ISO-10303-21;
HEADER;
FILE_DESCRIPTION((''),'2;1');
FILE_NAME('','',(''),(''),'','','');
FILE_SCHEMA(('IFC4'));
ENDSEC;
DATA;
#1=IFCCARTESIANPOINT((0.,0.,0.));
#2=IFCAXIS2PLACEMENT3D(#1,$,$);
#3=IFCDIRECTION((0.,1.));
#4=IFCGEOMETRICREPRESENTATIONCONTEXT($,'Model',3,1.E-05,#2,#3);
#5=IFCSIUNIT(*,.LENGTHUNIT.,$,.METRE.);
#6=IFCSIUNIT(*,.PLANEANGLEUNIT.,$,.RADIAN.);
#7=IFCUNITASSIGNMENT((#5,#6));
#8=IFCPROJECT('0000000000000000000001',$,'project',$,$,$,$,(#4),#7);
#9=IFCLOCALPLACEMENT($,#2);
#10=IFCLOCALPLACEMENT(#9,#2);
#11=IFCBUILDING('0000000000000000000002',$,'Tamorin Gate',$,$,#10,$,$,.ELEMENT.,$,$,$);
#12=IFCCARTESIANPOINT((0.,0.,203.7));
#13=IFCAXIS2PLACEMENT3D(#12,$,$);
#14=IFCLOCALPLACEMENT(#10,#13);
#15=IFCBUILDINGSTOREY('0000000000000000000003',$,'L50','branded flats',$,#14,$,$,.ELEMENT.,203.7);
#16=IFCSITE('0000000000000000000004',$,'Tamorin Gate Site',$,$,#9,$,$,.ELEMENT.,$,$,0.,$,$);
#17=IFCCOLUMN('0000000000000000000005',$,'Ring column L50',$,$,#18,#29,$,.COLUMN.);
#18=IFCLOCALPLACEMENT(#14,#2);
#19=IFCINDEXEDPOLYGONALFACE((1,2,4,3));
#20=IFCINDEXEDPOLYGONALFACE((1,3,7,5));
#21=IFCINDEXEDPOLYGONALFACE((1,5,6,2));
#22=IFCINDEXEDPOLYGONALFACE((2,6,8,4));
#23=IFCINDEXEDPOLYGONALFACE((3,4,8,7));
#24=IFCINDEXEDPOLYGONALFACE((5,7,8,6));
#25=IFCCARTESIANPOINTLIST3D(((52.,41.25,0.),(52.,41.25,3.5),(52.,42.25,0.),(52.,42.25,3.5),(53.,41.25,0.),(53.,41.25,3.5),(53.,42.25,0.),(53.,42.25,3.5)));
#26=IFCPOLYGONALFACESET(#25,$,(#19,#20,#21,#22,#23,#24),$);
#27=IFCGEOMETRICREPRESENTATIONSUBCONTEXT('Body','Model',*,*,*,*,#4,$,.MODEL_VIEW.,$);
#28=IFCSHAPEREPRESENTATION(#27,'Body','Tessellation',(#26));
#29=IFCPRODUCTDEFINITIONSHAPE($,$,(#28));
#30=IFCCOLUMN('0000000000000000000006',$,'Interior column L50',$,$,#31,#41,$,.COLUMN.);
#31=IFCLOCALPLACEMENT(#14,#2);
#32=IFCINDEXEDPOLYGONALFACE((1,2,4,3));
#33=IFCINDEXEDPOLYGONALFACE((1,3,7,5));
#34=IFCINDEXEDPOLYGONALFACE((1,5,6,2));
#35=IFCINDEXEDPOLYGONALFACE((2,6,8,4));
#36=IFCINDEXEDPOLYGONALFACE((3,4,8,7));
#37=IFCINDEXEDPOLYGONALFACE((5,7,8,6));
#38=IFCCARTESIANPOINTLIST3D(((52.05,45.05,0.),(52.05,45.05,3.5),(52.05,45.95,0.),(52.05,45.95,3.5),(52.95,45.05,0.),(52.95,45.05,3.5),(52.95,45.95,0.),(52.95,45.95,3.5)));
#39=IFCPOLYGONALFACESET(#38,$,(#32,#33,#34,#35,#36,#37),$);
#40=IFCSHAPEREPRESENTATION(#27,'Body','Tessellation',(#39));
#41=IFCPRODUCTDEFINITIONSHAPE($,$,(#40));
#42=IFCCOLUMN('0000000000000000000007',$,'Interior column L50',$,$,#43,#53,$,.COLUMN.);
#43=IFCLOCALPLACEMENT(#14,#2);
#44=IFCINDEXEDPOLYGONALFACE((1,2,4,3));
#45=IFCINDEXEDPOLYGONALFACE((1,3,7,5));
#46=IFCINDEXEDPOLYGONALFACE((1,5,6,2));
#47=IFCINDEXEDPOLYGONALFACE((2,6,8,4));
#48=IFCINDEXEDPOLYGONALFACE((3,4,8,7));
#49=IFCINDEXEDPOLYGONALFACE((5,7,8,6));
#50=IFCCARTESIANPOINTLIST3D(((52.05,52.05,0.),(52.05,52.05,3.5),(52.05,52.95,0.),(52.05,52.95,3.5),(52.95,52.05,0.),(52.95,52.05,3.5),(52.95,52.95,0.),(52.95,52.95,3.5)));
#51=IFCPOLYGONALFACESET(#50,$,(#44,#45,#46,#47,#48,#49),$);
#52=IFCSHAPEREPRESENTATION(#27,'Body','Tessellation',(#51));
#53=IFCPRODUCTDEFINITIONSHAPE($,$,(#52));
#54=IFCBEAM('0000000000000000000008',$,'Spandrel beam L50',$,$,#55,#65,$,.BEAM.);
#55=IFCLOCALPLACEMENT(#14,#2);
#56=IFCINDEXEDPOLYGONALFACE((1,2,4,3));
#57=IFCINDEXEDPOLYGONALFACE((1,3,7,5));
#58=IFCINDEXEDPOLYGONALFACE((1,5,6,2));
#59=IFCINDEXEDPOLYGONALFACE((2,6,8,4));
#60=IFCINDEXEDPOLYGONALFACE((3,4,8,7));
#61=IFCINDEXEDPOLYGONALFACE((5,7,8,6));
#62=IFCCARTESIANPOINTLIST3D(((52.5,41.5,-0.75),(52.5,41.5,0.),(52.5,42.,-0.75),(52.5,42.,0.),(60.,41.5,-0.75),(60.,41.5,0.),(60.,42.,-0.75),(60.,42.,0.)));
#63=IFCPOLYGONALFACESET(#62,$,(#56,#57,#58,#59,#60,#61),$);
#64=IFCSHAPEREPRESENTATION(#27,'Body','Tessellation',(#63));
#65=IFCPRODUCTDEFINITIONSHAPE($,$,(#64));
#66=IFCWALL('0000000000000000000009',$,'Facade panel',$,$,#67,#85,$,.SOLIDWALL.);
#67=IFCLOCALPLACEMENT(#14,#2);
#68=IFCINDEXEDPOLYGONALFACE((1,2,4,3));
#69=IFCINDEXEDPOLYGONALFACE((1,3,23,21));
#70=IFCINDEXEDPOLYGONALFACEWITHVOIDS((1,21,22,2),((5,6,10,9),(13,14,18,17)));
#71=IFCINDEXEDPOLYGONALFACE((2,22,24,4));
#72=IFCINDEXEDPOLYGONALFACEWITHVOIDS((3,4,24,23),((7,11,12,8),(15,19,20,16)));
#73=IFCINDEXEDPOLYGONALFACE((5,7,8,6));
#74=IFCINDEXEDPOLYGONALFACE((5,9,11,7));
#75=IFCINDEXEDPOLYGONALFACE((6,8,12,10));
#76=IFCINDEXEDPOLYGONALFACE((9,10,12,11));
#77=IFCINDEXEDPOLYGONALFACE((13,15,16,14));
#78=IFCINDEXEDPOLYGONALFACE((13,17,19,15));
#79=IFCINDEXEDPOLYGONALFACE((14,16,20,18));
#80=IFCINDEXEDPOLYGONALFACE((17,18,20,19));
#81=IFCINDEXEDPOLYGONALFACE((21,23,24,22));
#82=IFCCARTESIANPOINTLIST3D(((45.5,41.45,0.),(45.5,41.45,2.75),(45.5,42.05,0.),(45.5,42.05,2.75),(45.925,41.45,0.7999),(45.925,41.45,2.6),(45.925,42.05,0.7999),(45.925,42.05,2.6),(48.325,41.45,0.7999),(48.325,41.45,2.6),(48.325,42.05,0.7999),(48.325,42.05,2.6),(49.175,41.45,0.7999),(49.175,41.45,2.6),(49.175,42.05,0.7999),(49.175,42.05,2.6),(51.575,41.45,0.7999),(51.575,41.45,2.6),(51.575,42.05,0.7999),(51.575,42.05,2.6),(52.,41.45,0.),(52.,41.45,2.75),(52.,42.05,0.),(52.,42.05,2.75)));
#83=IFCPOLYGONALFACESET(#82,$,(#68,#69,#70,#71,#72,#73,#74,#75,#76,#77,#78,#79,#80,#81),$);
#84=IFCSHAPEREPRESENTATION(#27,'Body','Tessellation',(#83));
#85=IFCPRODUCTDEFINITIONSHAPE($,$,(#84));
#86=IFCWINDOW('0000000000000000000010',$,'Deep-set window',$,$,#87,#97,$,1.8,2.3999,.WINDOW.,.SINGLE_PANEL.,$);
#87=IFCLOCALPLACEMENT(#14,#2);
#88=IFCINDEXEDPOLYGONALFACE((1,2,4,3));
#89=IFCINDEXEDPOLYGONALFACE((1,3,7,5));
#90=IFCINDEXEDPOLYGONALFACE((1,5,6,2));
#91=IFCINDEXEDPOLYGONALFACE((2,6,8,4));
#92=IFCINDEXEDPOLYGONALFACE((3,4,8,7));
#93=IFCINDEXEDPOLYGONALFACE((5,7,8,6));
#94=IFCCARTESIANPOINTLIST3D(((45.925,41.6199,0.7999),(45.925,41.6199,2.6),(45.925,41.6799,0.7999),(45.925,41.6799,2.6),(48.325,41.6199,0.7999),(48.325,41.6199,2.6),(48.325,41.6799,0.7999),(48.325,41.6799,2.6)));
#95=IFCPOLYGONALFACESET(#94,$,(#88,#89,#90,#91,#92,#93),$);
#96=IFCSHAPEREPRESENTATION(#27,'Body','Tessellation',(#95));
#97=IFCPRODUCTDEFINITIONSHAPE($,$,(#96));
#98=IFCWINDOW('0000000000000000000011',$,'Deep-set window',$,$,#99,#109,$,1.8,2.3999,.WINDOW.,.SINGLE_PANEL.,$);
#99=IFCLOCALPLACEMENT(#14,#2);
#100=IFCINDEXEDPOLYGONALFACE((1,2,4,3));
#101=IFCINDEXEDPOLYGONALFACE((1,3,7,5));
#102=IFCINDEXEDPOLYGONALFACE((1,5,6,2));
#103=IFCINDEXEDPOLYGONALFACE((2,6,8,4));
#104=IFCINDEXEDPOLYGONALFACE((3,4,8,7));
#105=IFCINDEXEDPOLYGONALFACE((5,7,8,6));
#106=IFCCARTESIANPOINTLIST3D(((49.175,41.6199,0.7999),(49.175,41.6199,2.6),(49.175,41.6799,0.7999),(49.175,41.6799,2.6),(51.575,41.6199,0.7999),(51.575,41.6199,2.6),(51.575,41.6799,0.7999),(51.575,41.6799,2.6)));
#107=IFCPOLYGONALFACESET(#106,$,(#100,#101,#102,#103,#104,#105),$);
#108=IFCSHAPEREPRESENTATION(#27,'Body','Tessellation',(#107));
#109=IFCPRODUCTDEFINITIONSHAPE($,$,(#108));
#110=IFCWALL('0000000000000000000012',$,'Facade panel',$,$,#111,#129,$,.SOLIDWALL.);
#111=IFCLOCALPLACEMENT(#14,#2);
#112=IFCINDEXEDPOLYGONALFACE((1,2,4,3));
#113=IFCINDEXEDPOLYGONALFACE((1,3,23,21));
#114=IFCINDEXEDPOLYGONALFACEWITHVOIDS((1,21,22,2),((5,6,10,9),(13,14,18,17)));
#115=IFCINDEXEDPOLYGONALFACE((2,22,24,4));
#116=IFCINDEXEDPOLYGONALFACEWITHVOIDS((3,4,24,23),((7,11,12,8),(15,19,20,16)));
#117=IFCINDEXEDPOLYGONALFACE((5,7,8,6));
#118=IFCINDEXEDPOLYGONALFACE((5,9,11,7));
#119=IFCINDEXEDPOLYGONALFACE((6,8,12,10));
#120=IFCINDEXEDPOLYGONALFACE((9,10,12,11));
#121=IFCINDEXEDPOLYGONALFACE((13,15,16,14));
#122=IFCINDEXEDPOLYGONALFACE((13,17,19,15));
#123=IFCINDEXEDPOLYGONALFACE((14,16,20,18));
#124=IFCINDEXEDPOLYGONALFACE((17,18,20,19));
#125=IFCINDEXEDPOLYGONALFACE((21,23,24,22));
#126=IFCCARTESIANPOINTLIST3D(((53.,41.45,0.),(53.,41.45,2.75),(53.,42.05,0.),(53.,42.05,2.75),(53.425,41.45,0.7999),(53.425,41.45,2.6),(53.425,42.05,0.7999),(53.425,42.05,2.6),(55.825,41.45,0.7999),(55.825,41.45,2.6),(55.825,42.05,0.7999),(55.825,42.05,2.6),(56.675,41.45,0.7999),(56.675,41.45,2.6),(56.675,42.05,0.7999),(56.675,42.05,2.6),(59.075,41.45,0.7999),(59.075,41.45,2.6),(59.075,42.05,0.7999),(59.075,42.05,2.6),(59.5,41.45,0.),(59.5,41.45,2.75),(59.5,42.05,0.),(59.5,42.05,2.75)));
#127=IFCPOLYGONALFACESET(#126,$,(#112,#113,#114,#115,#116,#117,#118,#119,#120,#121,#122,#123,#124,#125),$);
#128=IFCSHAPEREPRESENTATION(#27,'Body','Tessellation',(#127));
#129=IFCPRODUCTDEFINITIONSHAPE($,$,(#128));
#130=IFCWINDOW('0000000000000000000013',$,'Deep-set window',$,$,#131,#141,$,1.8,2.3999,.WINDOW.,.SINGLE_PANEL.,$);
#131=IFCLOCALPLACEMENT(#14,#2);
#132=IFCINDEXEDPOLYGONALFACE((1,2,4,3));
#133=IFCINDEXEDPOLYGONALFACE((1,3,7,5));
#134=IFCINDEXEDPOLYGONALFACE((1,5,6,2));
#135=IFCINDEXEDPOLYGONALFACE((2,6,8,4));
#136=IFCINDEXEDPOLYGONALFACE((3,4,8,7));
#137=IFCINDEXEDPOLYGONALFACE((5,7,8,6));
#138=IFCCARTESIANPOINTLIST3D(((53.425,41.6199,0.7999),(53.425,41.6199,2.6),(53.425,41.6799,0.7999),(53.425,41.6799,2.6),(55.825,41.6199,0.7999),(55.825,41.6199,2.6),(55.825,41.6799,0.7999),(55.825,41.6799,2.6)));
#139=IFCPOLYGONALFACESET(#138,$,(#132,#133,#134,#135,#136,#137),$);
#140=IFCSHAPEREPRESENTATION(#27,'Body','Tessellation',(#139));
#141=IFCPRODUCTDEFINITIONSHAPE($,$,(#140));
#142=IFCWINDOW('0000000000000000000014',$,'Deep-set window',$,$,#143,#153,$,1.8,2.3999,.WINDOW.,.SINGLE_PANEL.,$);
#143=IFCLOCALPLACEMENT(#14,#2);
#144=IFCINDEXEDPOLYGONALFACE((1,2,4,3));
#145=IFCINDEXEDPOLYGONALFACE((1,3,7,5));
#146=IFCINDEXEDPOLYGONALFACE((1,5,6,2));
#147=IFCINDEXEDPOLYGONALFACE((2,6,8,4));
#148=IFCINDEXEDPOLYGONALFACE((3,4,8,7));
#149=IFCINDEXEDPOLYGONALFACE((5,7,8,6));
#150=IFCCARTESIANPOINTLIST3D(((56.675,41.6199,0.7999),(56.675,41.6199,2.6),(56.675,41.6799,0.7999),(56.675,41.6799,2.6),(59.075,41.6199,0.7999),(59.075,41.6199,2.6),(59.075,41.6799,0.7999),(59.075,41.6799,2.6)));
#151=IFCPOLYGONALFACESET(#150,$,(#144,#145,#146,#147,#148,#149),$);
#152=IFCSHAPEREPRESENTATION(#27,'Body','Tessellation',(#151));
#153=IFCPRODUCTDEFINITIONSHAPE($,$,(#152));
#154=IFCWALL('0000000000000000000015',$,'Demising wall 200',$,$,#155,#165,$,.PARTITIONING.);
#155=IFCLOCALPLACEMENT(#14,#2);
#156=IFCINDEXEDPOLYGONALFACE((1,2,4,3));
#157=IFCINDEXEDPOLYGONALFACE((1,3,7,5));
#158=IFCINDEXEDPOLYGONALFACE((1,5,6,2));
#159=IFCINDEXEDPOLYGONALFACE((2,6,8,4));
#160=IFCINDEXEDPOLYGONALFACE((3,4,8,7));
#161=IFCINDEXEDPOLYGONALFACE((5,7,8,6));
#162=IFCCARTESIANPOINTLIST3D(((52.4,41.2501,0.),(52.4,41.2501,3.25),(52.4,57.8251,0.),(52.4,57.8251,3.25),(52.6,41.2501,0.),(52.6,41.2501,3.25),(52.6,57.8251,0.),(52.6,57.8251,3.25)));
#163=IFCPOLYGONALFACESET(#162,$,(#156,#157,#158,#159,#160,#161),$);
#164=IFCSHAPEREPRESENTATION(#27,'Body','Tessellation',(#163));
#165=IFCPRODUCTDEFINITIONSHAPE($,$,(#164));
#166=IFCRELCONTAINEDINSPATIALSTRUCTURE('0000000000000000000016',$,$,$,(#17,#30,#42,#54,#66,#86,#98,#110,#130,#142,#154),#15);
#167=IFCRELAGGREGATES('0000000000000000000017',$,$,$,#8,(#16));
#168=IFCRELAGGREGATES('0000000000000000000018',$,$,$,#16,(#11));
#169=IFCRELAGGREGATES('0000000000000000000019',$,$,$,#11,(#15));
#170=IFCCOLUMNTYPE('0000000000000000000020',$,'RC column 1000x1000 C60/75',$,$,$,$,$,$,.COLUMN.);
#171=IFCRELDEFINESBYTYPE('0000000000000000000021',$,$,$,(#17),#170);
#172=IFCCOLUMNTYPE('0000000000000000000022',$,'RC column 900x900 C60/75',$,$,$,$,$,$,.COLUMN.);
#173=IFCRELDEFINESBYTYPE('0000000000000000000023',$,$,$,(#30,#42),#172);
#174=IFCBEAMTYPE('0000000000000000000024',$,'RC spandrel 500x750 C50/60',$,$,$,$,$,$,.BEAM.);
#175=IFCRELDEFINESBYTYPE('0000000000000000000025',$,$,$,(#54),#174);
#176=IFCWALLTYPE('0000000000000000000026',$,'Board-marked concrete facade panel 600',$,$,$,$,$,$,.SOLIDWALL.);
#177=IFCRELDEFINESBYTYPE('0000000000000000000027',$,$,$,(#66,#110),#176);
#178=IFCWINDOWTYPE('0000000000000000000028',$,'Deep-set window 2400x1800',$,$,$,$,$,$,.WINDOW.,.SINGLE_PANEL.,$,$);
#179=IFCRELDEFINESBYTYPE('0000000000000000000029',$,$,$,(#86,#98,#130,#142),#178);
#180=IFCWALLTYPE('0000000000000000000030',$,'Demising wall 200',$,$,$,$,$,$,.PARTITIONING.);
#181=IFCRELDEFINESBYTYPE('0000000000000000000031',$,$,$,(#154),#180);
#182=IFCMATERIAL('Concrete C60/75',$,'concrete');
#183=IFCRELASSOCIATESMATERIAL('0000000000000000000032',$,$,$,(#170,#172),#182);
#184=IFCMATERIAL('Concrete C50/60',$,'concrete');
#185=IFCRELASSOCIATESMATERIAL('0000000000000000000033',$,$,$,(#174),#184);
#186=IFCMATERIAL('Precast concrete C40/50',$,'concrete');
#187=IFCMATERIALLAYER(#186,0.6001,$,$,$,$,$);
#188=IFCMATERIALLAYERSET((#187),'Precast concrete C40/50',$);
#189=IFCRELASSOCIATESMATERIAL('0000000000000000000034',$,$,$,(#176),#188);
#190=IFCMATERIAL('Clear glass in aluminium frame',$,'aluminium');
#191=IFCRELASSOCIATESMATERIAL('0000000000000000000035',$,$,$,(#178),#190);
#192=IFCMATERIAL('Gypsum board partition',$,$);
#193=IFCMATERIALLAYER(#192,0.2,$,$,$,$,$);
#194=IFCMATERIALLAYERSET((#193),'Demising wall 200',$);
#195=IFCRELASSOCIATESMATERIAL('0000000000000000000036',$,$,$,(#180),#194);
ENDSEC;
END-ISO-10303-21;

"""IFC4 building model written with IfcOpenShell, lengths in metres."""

from ifc_helpers import new_model, si_unit, direction, frame, frame_2d, origin, origin_2d, place, context, subcontext, project, spatial, rectangle, extrude, material, layer, layer_set, material_profile, profile_set, type_object, element, fill, save


model = new_model("IFC4")

# Units and contexts
model_context = context("Model", 3, precision=1e-05, world=origin(), true_north=direction((0.0, 1.0)))
body_context = subcontext(model_context, "Body", "Model", "MODEL_VIEW")
ifc_project = project(units=[si_unit("LENGTHUNIT", "METRE"), si_unit("PLANEANGLEUNIT", "RADIAN")], contexts=[model_context])

# Site, building, storey
site_placement = place(None, origin())
site = spatial("IfcSite", under=ifc_project, at=site_placement, Name="Tamorin Gate Site", CompositionType="ELEMENT", RefElevation=0.0)
building_placement = place(site_placement, origin())
building = spatial("IfcBuilding", under=site, at=building_placement, Name="Tamorin Gate", CompositionType="ELEMENT")
storey_placement = place(building_placement, frame((0.0, 0.0, 203.7)))
storey = spatial("IfcBuildingStorey", under=building, at=storey_placement, Name="L50", Description="branded flats", CompositionType="ELEMENT", Elevation=203.7)

# Columns
ifc_material_1 = material(Name="Concrete C60/75", Category="concrete")
ifc_material_profile_1 = material_profile(ifc_material_1, rectangle(XDim=1.0, YDim=1.0, at=origin_2d()), Name="RC 1000x1000")
ifc_profile_set_1 = profile_set([ifc_material_profile_1], Name="Concrete C60/75")
column_type_1 = type_object("IfcColumnType", Name="RC column 1000x1000 C60/75", PredefinedType="COLUMN", material=ifc_profile_set_1)
column_placement = place(storey_placement, frame((52.5, 41.75, 0.0), z_axis=(0.0, 0.0, 1.0), x_axis=(1.0, 0.0, 0.0)))
element("IfcColumn", 1, at=column_placement, inside=storey, type_object=column_type_1, Name="Ring column L50", PredefinedType="COLUMN", context=body_context, shape_type="SweptSolid", body=[
    extrude(rectangle(XDim=1.0, YDim=1.0, at=origin_2d()), origin(), (0.0, 0.0, 1.0), 3.5),
])
ifc_material_profile_2 = material_profile(ifc_material_1, rectangle(XDim=0.8999, YDim=0.8999, at=origin_2d()), Name="RC 900x900")
ifc_profile_set_2 = profile_set([ifc_material_profile_2], Name="Concrete C60/75")
column_type_2 = type_object("IfcColumnType", Name="RC column 900x900 C60/75", PredefinedType="COLUMN", material=ifc_profile_set_2)
for number, where, z_axis, x_axis, name in (
    (2, (52.5, 45.5, 0.0), (0.0, 0.0, 1.0), (1.0, 0.0, 0.0), "Interior column L50"),
    (3, (52.5, 52.5, 0.0), (0.0, 0.0, 1.0), (1.0, 0.0, 0.0), "Interior column L50"),
):
    element("IfcColumn", number, at=place(storey_placement, frame(where, z_axis=z_axis, x_axis=x_axis)), inside=storey, type_object=column_type_2, Name=name, PredefinedType="COLUMN", context=body_context, shape_type="SweptSolid", body=[
        extrude(rectangle(XDim=0.8999, YDim=0.8999, at=origin_2d()), origin(), (0.0, 0.0, 1.0), 3.5),
    ])

# Beam
ifc_material_2 = material(Name="Concrete C50/60", Category="concrete")
ifc_material_profile_3 = material_profile(ifc_material_2, rectangle(XDim=0.5, YDim=0.75, at=origin_2d()), Name="RC 500x750")
ifc_profile_set_3 = profile_set([ifc_material_profile_3], Name="Concrete C50/60")
beam_type = type_object("IfcBeamType", Name="RC spandrel 500x750 C50/60", PredefinedType="BEAM", material=ifc_profile_set_3)
beam_placement = place(storey_placement, frame((52.5, 41.75, -0.375), z_axis=(1.0, 0.0, 0.0), x_axis=(0.0, 1.0, 0.0)))
element("IfcBeam", 4, at=beam_placement, inside=storey, type_object=beam_type, Name="Spandrel beam L50", PredefinedType="BEAM", context=body_context, shape_type="SweptSolid", body=[
    extrude(rectangle(XDim=0.5, YDim=0.75, at=origin_2d()), origin(), (0.0, 0.0, 1.0), 7.5),
])

# Walls, openings, windows
ifc_material_3 = material(Name="Precast concrete C40/50", Category="concrete")
ifc_layer_1 = layer(ifc_material_3, 0.6001)
ifc_layer_set_1 = layer_set([ifc_layer_1], Name="Precast concrete C40/50")
wall_type_1 = type_object("IfcWallType", Name="Board-marked concrete facade panel 600", PredefinedType="SOLIDWALL", material=ifc_layer_set_1)
wall_1_placement = place(storey_placement, frame((45.5, 41.75, 0.0), z_axis=(0.0, 0.0, 1.0), x_axis=(1.0, 0.0, 0.0)))
wall_1 = element("IfcWall", 5, at=wall_1_placement, inside=storey, type_object=wall_type_1, Name="Facade panel", PredefinedType="SOLIDWALL", context=body_context, shape_type="SweptSolid", body=[
    extrude(rectangle(XDim=6.5, YDim=0.6001, at=frame_2d((3.25, 0.0))), origin(), (0.0, 0.0, 1.0), 2.75),
])
opening_1_placement = place(wall_1_placement, frame((0.425, 0.0, 0.8)))
opening_1 = element("IfcOpeningElement", 6, at=opening_1_placement, cuts=wall_1, PredefinedType="OPENING", context=body_context, shape_type="SweptSolid", body=[
    extrude(rectangle(XDim=2.3999, YDim=1.8, at=frame_2d((1.2, 0.8999))), frame((0.0, 0.3101, 0.0), z_axis=(0.0, -1.0, 0.0), x_axis=(1.0, 0.0, 0.0)), (0.0, 0.0, 1.0), 0.6201),
])
opening_2_placement = place(wall_1_placement, frame((3.675, 0.0, 0.8)))
opening_2 = element("IfcOpeningElement", 7, at=opening_2_placement, cuts=wall_1, PredefinedType="OPENING", context=body_context, shape_type="SweptSolid", body=[
    extrude(rectangle(XDim=2.3999, YDim=1.8, at=frame_2d((1.2, 0.8999))), frame((0.0, 0.3101, 0.0), z_axis=(0.0, -1.0, 0.0), x_axis=(1.0, 0.0, 0.0)), (0.0, 0.0, 1.0), 0.6201),
])
ifc_material_4 = material(Name="Clear glass in aluminium frame", Category="aluminium")
window_type = type_object("IfcWindowType", Name="Deep-set window 2400x1800", PartitioningType="SINGLE_PANEL", PredefinedType="WINDOW", material=ifc_material_4)
window_1_placement = place(opening_1_placement, origin())
window_1 = element("IfcWindow", 8, at=window_1_placement, inside=storey, type_object=window_type, Name="Deep-set window", OverallHeight=1.8, OverallWidth=2.3999, PartitioningType="SINGLE_PANEL", PredefinedType="WINDOW", context=body_context, shape_type="SweptSolid", body=[
    extrude(rectangle(XDim=2.3999, YDim=1.8, at=frame_2d((1.2, 0.8999))), frame((0.0, -0.0701, 0.0), z_axis=(0.0, -1.0, 0.0), x_axis=(1.0, 0.0, 0.0)), (0.0, 0.0, 1.0), 0.0601),
])
fill(opening_1, window_1)
window_2_placement = place(opening_2_placement, origin())
window_2 = element("IfcWindow", 9, at=window_2_placement, inside=storey, type_object=window_type, Name="Deep-set window", OverallHeight=1.8, OverallWidth=2.3999, PartitioningType="SINGLE_PANEL", PredefinedType="WINDOW", context=body_context, shape_type="SweptSolid", body=[
    extrude(rectangle(XDim=2.3999, YDim=1.8, at=frame_2d((1.2, 0.8999))), frame((0.0, -0.0701, 0.0), z_axis=(0.0, -1.0, 0.0), x_axis=(1.0, 0.0, 0.0)), (0.0, 0.0, 1.0), 0.0601),
])
fill(opening_2, window_2)
wall_2_placement = place(storey_placement, frame((53.0, 41.75, 0.0), z_axis=(0.0, 0.0, 1.0), x_axis=(1.0, 0.0, 0.0)))
wall_2 = element("IfcWall", 10, at=wall_2_placement, inside=storey, type_object=wall_type_1, Name="Facade panel", PredefinedType="SOLIDWALL", context=body_context, shape_type="SweptSolid", body=[
    extrude(rectangle(XDim=6.5, YDim=0.6001, at=frame_2d((3.25, 0.0))), origin(), (0.0, 0.0, 1.0), 2.75),
])
opening_3_placement = place(wall_2_placement, frame((0.425, 0.0, 0.8)))
opening_3 = element("IfcOpeningElement", 11, at=opening_3_placement, cuts=wall_2, PredefinedType="OPENING", context=body_context, shape_type="SweptSolid", body=[
    extrude(rectangle(XDim=2.3999, YDim=1.8, at=frame_2d((1.2, 0.8999))), frame((0.0, 0.3101, 0.0), z_axis=(0.0, -1.0, 0.0), x_axis=(1.0, 0.0, 0.0)), (0.0, 0.0, 1.0), 0.6201),
])
opening_4_placement = place(wall_2_placement, frame((3.675, 0.0, 0.8)))
opening_4 = element("IfcOpeningElement", 12, at=opening_4_placement, cuts=wall_2, PredefinedType="OPENING", context=body_context, shape_type="SweptSolid", body=[
    extrude(rectangle(XDim=2.3999, YDim=1.8, at=frame_2d((1.2, 0.8999))), frame((0.0, 0.3101, 0.0), z_axis=(0.0, -1.0, 0.0), x_axis=(1.0, 0.0, 0.0)), (0.0, 0.0, 1.0), 0.6201),
])
window_3_placement = place(opening_3_placement, origin())
window_3 = element("IfcWindow", 13, at=window_3_placement, inside=storey, type_object=window_type, Name="Deep-set window", OverallHeight=1.8, OverallWidth=2.3999, PartitioningType="SINGLE_PANEL", PredefinedType="WINDOW", context=body_context, shape_type="SweptSolid", body=[
    extrude(rectangle(XDim=2.3999, YDim=1.8, at=frame_2d((1.2, 0.8999))), frame((0.0, -0.0701, 0.0), z_axis=(0.0, -1.0, 0.0), x_axis=(1.0, 0.0, 0.0)), (0.0, 0.0, 1.0), 0.0601),
])
fill(opening_3, window_3)
window_4_placement = place(opening_4_placement, origin())
window_4 = element("IfcWindow", 14, at=window_4_placement, inside=storey, type_object=window_type, Name="Deep-set window", OverallHeight=1.8, OverallWidth=2.3999, PartitioningType="SINGLE_PANEL", PredefinedType="WINDOW", context=body_context, shape_type="SweptSolid", body=[
    extrude(rectangle(XDim=2.3999, YDim=1.8, at=frame_2d((1.2, 0.8999))), frame((0.0, -0.0701, 0.0), z_axis=(0.0, -1.0, 0.0), x_axis=(1.0, 0.0, 0.0)), (0.0, 0.0, 1.0), 0.0601),
])
fill(opening_4, window_4)

# Wall
ifc_material_5 = material(Name="Gypsum board partition")
ifc_layer_2 = layer(ifc_material_5, 0.2)
ifc_layer_set_2 = layer_set([ifc_layer_2], Name="Demising wall 200")
wall_type_2 = type_object("IfcWallType", Name="Demising wall 200", PredefinedType="PARTITIONING", material=ifc_layer_set_2)
wall_3_placement = place(storey_placement, frame((52.5, 41.25, 0.0), z_axis=(0.0, 0.0, 1.0), x_axis=(0.0, 1.0, 0.0)))
element("IfcWall", 15, at=wall_3_placement, inside=storey, type_object=wall_type_2, Name="Demising wall 200", PredefinedType="PARTITIONING", context=body_context, shape_type="SweptSolid", body=[
    extrude(rectangle(XDim=16.575, YDim=0.2, at=frame_2d((8.2876, 0.0))), origin(), (0.0, 0.0, 1.0), 3.25),
])

save(model, "model.ifc")
